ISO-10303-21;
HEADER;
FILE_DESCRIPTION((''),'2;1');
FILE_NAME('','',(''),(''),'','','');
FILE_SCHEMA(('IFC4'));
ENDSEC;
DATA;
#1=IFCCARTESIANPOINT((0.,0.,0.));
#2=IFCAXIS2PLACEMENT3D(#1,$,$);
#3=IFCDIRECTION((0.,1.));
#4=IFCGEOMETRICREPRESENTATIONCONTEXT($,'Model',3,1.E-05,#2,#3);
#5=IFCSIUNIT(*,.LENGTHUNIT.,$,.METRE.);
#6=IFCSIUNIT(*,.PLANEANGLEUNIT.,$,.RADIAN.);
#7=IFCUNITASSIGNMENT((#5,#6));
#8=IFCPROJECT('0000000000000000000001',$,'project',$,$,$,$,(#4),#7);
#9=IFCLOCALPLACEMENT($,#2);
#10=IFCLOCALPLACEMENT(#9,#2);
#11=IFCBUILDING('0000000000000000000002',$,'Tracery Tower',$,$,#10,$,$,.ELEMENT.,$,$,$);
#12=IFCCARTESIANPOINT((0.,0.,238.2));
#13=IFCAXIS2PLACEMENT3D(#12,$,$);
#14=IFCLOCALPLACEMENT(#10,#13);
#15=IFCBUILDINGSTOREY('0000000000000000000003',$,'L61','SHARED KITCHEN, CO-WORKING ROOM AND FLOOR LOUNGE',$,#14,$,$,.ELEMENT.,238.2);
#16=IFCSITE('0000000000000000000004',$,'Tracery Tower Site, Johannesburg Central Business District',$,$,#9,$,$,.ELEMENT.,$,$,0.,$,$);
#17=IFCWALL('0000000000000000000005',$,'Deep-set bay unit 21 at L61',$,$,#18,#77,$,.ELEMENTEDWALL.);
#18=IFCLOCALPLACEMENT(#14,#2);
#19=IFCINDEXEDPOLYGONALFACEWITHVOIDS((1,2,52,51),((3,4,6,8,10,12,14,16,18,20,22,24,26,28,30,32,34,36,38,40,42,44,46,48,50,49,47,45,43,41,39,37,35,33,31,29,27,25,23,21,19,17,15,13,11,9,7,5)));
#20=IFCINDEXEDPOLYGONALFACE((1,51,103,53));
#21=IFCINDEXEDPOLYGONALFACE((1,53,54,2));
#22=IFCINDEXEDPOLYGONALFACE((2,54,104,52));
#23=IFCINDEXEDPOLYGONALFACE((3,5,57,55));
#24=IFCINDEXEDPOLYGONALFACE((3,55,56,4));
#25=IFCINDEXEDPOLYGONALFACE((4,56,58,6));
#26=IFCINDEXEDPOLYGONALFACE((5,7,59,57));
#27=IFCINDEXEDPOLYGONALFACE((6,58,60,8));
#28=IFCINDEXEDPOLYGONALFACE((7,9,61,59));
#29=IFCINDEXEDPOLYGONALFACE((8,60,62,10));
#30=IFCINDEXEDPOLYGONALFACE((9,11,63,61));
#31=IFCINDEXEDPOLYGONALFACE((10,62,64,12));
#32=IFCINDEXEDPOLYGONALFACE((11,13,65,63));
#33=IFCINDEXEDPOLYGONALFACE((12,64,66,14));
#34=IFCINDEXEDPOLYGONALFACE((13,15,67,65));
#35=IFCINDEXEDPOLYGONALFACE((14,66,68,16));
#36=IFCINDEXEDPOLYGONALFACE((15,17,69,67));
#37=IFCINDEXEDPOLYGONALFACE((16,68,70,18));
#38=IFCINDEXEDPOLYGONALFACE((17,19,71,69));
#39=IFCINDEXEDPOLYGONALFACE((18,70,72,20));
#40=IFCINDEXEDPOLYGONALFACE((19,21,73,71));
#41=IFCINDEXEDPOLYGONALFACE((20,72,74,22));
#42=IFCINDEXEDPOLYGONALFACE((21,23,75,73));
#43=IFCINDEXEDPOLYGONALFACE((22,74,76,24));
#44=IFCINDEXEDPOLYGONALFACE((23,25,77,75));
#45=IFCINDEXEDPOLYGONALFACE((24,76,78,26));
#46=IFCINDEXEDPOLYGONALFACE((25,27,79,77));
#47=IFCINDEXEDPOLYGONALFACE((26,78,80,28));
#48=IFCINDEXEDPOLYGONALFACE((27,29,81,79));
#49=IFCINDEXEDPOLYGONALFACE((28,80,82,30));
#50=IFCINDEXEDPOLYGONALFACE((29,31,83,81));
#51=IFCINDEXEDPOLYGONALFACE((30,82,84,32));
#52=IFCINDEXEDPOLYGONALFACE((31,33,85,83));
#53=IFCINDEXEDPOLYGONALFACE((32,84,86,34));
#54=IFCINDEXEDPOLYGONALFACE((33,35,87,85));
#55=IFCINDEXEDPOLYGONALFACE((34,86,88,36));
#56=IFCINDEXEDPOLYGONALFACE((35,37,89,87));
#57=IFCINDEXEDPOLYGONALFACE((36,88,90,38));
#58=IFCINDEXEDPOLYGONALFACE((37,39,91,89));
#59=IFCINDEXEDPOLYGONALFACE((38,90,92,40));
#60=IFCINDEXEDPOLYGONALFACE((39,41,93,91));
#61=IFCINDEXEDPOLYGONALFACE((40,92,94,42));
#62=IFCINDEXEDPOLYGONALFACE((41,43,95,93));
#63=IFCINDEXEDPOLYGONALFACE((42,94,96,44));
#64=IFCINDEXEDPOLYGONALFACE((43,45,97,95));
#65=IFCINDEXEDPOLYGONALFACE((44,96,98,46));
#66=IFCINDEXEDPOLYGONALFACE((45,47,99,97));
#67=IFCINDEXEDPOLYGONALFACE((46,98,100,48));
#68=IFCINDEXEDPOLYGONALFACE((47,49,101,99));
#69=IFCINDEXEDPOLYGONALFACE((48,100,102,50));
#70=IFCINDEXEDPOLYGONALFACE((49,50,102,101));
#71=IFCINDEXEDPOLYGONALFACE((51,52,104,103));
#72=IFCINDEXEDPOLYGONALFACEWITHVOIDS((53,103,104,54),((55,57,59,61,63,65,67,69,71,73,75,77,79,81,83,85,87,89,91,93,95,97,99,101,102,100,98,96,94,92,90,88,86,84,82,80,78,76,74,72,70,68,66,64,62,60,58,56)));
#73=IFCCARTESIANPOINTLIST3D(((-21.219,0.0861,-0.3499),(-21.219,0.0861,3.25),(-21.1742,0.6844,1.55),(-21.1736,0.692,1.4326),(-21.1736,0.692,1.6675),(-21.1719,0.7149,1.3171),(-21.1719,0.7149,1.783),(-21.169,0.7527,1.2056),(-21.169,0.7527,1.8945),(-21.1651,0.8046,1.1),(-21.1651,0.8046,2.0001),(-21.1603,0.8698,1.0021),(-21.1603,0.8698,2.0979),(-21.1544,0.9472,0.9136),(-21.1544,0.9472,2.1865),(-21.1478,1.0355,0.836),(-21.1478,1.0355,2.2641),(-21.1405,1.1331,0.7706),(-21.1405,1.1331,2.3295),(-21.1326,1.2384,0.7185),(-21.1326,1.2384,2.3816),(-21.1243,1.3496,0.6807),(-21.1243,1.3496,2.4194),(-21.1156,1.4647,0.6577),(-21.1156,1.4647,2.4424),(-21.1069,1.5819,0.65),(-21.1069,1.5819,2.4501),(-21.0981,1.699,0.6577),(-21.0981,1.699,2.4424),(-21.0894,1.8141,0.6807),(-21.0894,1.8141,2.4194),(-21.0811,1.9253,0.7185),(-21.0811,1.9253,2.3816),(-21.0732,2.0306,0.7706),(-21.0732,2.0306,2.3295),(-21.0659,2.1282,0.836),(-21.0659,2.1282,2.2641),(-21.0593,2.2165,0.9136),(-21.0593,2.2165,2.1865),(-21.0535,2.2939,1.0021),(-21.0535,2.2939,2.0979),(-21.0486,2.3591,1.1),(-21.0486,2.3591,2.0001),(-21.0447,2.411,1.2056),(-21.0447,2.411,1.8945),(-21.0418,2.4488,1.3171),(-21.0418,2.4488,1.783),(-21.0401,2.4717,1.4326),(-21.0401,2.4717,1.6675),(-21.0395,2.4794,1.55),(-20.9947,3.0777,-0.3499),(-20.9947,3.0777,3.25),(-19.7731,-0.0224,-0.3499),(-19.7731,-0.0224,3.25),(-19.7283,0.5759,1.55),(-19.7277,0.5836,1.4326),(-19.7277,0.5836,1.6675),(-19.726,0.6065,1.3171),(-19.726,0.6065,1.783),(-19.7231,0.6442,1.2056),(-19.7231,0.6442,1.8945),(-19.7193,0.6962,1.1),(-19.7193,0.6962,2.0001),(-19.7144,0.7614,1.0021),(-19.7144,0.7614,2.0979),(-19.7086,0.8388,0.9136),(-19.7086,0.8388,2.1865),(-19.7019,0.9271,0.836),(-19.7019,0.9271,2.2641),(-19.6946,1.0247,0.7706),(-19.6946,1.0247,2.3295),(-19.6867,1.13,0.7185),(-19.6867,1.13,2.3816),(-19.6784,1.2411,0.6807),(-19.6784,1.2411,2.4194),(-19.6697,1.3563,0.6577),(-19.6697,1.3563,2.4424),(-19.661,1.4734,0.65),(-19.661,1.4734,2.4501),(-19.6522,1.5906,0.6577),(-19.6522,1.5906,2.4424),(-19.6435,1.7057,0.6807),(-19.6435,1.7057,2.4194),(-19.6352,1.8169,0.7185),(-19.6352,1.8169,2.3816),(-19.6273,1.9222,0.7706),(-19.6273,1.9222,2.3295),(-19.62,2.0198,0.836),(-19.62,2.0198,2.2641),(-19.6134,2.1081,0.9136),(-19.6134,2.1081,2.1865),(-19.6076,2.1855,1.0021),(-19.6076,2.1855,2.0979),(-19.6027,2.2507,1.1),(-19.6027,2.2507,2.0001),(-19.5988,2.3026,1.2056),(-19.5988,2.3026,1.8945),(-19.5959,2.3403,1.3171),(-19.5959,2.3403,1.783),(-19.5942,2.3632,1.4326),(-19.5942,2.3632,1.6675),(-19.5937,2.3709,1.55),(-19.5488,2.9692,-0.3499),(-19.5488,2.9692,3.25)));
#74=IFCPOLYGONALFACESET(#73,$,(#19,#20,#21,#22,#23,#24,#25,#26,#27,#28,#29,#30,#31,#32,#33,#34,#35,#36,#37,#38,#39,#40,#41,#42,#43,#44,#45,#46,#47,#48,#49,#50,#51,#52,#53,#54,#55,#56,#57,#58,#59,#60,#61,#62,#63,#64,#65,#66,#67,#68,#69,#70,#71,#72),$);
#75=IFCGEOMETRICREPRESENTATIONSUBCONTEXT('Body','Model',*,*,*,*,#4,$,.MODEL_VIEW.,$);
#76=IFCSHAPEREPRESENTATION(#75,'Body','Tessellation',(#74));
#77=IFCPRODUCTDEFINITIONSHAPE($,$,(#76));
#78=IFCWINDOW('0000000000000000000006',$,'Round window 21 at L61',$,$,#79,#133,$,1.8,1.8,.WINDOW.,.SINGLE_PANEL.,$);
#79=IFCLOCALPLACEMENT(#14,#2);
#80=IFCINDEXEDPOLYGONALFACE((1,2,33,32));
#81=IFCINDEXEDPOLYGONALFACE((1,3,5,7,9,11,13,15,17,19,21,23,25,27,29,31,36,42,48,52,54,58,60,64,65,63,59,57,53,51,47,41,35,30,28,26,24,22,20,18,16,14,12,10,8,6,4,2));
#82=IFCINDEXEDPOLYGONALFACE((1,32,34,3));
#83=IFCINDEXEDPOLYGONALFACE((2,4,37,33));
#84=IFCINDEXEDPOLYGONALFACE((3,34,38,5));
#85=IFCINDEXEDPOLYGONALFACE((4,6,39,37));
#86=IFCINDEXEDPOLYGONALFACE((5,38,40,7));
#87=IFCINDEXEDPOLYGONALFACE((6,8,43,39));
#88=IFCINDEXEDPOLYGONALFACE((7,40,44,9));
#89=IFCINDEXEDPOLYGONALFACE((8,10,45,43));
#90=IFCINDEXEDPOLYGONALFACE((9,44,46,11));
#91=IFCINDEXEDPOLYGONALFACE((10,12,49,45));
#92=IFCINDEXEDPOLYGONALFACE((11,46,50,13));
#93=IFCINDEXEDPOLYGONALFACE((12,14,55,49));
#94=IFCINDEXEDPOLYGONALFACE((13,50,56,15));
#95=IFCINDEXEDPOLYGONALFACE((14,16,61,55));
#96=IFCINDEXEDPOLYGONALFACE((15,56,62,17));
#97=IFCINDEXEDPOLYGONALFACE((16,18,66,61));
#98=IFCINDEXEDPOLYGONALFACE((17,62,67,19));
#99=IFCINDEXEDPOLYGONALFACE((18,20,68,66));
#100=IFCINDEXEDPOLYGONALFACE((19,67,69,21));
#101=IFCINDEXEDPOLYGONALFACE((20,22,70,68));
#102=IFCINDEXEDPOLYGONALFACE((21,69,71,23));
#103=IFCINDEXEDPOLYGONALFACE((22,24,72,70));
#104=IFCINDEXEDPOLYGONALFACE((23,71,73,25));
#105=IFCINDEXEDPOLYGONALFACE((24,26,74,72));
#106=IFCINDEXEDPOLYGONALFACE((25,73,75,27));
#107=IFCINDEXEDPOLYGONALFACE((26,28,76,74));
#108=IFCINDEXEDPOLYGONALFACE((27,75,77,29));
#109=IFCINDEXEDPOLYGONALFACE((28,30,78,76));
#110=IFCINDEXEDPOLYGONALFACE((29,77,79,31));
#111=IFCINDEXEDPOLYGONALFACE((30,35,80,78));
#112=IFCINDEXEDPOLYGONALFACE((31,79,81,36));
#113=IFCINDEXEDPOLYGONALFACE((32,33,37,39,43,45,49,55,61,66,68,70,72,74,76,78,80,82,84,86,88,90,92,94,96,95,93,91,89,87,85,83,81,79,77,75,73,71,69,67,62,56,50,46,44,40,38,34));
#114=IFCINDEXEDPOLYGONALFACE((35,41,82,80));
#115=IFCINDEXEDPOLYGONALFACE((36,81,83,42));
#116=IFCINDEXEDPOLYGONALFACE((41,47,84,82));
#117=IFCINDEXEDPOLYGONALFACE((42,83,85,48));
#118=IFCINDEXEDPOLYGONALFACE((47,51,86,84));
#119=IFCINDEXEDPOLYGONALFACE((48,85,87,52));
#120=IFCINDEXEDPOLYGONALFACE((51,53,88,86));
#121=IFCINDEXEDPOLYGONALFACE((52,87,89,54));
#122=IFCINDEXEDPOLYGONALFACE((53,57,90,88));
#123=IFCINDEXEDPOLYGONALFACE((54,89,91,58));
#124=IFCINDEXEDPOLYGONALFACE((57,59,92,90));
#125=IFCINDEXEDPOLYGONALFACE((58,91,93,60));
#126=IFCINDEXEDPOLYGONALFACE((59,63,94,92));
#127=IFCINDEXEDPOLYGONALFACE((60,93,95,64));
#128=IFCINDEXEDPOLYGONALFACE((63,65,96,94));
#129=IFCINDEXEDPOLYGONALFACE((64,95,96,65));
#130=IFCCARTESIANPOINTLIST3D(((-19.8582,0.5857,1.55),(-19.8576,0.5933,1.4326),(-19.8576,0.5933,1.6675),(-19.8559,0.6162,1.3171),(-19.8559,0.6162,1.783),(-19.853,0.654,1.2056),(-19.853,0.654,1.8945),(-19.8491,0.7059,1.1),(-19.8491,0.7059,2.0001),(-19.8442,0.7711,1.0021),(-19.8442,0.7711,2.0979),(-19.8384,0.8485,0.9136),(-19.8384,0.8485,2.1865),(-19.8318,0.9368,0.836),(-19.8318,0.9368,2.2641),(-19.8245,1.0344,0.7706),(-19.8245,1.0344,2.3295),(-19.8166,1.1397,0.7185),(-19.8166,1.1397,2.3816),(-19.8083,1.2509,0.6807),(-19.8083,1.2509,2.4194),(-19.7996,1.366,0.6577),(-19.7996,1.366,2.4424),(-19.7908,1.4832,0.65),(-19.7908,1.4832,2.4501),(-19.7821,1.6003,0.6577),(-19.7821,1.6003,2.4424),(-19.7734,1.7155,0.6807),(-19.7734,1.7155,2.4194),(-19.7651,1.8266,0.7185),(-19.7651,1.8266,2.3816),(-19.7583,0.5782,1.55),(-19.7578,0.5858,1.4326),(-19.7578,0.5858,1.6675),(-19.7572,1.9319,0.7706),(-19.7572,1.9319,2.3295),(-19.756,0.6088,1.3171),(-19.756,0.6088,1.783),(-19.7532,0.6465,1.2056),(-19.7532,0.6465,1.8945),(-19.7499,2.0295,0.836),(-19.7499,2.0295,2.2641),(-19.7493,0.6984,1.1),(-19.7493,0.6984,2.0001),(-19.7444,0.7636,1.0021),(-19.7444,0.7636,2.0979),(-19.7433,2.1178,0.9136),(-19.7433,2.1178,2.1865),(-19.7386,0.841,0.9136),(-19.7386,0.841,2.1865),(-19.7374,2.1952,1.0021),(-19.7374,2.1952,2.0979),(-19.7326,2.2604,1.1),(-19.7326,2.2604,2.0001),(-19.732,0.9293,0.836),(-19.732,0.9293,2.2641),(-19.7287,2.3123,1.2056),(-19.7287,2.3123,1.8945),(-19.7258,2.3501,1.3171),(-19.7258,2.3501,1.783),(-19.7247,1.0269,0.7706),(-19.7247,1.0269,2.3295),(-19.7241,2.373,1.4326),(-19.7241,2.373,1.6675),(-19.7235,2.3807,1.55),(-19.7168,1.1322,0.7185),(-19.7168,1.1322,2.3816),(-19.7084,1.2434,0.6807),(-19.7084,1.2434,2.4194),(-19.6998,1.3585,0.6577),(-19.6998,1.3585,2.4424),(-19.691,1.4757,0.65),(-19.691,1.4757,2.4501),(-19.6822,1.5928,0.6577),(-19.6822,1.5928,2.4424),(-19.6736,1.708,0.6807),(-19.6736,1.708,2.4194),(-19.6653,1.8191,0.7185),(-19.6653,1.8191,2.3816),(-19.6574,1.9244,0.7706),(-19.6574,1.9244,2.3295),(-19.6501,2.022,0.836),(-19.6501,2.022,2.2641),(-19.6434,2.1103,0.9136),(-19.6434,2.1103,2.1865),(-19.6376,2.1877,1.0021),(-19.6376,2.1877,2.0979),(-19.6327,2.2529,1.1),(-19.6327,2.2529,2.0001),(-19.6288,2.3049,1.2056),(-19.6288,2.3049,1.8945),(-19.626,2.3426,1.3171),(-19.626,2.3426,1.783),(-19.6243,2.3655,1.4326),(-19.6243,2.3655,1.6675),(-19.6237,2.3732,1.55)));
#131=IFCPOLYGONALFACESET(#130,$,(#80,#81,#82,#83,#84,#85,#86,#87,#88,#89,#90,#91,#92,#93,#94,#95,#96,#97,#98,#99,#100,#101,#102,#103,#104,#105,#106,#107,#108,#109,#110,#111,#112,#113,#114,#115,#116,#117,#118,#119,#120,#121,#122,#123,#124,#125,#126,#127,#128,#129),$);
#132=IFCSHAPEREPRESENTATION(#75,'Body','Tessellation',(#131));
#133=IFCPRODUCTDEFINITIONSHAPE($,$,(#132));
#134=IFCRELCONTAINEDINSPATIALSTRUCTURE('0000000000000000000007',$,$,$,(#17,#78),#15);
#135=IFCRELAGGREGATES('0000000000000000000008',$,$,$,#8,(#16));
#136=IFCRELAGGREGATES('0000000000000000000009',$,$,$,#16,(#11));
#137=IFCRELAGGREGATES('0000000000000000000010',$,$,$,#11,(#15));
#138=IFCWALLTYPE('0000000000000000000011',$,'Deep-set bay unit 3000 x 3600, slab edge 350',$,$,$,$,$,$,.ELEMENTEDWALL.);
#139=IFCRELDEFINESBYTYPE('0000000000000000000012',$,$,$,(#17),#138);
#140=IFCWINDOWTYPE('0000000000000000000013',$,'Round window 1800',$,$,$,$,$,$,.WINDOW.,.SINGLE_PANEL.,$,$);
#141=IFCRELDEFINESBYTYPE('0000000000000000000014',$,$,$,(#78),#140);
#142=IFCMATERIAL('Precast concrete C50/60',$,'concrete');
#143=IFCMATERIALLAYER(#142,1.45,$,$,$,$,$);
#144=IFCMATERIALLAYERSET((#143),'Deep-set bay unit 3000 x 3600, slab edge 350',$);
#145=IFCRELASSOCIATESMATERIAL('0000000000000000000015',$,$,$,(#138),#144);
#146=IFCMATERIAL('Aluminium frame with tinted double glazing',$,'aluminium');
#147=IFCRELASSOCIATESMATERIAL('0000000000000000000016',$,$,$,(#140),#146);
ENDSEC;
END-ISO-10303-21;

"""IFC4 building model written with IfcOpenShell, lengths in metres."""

from ifc_helpers import new_model, si_unit, direction, frame, frame_2d, origin, origin_2d, place, context, subcontext, project, spatial, rectangle, circle, extrude, material, layer, layer_set, type_object, element, fill, save


model = new_model("IFC4")

# Units and contexts
model_context = context("Model", 3, precision=1e-05, world=origin(), true_north=direction((0.0, 1.0)))
body_context = subcontext(model_context, "Body", "Model", "MODEL_VIEW")
ifc_project = project(units=[si_unit("LENGTHUNIT", "METRE"), si_unit("PLANEANGLEUNIT", "RADIAN")], contexts=[model_context])

# Site, building, storey
site_placement = place(None, origin())
site = spatial("IfcSite", under=ifc_project, at=site_placement, Name="Tracery Tower Site, Johannesburg Central Business District", CompositionType="ELEMENT", RefElevation=0.0)
building_placement = place(site_placement, origin())
building = spatial("IfcBuilding", under=site, at=building_placement, Name="Tracery Tower", CompositionType="ELEMENT")
storey_placement = place(building_placement, frame((0.0, 0.0, 238.2)))
storey = spatial("IfcBuildingStorey", under=building, at=storey_placement, Name="L61", Description="SHARED KITCHEN, CO-WORKING ROOM AND FLOOR LOUNGE", CompositionType="ELEMENT", Elevation=238.2)

# Wall, opening, window
ifc_material_1 = material(Name="Precast concrete C50/60", Category="concrete")
ifc_layer_1 = layer(ifc_material_1, 1.45)
ifc_layer_set_1 = layer_set([ifc_layer_1], Name="Deep-set bay unit 3000 x 3600, slab edge 350")
wall_type_1 = type_object("IfcWallType", Name="Deep-set bay unit 3000 x 3600, slab edge 350", PredefinedType="ELEMENTEDWALL", material=ifc_layer_set_1)
wall_1_placement = place(storey_placement, frame((-20.2717, 3.0234, -0.3499), z_axis=(0.0, 0.0, 1.0), x_axis=(-0.074786, -0.9972, 0.0)))
wall_1 = element("IfcWall", 1, at=wall_1_placement, inside=storey, type_object=wall_type_1, Name="Deep-set bay unit 21 at L61", PredefinedType="ELEMENTEDWALL", context=body_context, shape_type="SweptSolid", body=[
    extrude(rectangle(XDim=3.0, YDim=1.45, at=frame_2d((1.5, 0.0))), origin(), (0.0, 0.0, 1.0), 3.5999),
])
opening_1_placement = place(wall_1_placement, frame((1.5, 0.0, 1.8999)))
opening_1 = element("IfcOpeningElement", 2, at=opening_1_placement, cuts=wall_1, PredefinedType="OPENING", context=body_context, shape_type="SweptSolid", body=[
    extrude(circle(Radius=0.9, at=origin_2d()), frame((0.0, 0.7349, 0.0), z_axis=(0.0, -1.0, 0.0), x_axis=(1.0, 0.0, 0.0)), (0.0, 0.0, 1.0), 1.47),
])
ifc_material_2 = material(Name="Aluminium frame with tinted double glazing", Category="aluminium")
window_type = type_object("IfcWindowType", Name="Round window 1800", PartitioningType="SINGLE_PANEL", PredefinedType="WINDOW", material=ifc_material_2)
window_1_placement = place(opening_1_placement, origin())
window_1 = element("IfcWindow", 3, at=window_1_placement, inside=storey, type_object=window_type, Name="Round window 21 at L61", OverallHeight=1.8, OverallWidth=1.8, PartitioningType="SINGLE_PANEL", PredefinedType="WINDOW", context=body_context, shape_type="SweptSolid", body=[
    extrude(circle(Radius=0.9, at=origin_2d()), frame((0.0, 0.6948, 0.0), z_axis=(0.0, -1.0, 0.0), x_axis=(1.0, 0.0, 0.0)), (0.0, 0.0, 1.0), 0.1001),
])
fill(opening_1, window_1)

save(model, "model.ifc")
